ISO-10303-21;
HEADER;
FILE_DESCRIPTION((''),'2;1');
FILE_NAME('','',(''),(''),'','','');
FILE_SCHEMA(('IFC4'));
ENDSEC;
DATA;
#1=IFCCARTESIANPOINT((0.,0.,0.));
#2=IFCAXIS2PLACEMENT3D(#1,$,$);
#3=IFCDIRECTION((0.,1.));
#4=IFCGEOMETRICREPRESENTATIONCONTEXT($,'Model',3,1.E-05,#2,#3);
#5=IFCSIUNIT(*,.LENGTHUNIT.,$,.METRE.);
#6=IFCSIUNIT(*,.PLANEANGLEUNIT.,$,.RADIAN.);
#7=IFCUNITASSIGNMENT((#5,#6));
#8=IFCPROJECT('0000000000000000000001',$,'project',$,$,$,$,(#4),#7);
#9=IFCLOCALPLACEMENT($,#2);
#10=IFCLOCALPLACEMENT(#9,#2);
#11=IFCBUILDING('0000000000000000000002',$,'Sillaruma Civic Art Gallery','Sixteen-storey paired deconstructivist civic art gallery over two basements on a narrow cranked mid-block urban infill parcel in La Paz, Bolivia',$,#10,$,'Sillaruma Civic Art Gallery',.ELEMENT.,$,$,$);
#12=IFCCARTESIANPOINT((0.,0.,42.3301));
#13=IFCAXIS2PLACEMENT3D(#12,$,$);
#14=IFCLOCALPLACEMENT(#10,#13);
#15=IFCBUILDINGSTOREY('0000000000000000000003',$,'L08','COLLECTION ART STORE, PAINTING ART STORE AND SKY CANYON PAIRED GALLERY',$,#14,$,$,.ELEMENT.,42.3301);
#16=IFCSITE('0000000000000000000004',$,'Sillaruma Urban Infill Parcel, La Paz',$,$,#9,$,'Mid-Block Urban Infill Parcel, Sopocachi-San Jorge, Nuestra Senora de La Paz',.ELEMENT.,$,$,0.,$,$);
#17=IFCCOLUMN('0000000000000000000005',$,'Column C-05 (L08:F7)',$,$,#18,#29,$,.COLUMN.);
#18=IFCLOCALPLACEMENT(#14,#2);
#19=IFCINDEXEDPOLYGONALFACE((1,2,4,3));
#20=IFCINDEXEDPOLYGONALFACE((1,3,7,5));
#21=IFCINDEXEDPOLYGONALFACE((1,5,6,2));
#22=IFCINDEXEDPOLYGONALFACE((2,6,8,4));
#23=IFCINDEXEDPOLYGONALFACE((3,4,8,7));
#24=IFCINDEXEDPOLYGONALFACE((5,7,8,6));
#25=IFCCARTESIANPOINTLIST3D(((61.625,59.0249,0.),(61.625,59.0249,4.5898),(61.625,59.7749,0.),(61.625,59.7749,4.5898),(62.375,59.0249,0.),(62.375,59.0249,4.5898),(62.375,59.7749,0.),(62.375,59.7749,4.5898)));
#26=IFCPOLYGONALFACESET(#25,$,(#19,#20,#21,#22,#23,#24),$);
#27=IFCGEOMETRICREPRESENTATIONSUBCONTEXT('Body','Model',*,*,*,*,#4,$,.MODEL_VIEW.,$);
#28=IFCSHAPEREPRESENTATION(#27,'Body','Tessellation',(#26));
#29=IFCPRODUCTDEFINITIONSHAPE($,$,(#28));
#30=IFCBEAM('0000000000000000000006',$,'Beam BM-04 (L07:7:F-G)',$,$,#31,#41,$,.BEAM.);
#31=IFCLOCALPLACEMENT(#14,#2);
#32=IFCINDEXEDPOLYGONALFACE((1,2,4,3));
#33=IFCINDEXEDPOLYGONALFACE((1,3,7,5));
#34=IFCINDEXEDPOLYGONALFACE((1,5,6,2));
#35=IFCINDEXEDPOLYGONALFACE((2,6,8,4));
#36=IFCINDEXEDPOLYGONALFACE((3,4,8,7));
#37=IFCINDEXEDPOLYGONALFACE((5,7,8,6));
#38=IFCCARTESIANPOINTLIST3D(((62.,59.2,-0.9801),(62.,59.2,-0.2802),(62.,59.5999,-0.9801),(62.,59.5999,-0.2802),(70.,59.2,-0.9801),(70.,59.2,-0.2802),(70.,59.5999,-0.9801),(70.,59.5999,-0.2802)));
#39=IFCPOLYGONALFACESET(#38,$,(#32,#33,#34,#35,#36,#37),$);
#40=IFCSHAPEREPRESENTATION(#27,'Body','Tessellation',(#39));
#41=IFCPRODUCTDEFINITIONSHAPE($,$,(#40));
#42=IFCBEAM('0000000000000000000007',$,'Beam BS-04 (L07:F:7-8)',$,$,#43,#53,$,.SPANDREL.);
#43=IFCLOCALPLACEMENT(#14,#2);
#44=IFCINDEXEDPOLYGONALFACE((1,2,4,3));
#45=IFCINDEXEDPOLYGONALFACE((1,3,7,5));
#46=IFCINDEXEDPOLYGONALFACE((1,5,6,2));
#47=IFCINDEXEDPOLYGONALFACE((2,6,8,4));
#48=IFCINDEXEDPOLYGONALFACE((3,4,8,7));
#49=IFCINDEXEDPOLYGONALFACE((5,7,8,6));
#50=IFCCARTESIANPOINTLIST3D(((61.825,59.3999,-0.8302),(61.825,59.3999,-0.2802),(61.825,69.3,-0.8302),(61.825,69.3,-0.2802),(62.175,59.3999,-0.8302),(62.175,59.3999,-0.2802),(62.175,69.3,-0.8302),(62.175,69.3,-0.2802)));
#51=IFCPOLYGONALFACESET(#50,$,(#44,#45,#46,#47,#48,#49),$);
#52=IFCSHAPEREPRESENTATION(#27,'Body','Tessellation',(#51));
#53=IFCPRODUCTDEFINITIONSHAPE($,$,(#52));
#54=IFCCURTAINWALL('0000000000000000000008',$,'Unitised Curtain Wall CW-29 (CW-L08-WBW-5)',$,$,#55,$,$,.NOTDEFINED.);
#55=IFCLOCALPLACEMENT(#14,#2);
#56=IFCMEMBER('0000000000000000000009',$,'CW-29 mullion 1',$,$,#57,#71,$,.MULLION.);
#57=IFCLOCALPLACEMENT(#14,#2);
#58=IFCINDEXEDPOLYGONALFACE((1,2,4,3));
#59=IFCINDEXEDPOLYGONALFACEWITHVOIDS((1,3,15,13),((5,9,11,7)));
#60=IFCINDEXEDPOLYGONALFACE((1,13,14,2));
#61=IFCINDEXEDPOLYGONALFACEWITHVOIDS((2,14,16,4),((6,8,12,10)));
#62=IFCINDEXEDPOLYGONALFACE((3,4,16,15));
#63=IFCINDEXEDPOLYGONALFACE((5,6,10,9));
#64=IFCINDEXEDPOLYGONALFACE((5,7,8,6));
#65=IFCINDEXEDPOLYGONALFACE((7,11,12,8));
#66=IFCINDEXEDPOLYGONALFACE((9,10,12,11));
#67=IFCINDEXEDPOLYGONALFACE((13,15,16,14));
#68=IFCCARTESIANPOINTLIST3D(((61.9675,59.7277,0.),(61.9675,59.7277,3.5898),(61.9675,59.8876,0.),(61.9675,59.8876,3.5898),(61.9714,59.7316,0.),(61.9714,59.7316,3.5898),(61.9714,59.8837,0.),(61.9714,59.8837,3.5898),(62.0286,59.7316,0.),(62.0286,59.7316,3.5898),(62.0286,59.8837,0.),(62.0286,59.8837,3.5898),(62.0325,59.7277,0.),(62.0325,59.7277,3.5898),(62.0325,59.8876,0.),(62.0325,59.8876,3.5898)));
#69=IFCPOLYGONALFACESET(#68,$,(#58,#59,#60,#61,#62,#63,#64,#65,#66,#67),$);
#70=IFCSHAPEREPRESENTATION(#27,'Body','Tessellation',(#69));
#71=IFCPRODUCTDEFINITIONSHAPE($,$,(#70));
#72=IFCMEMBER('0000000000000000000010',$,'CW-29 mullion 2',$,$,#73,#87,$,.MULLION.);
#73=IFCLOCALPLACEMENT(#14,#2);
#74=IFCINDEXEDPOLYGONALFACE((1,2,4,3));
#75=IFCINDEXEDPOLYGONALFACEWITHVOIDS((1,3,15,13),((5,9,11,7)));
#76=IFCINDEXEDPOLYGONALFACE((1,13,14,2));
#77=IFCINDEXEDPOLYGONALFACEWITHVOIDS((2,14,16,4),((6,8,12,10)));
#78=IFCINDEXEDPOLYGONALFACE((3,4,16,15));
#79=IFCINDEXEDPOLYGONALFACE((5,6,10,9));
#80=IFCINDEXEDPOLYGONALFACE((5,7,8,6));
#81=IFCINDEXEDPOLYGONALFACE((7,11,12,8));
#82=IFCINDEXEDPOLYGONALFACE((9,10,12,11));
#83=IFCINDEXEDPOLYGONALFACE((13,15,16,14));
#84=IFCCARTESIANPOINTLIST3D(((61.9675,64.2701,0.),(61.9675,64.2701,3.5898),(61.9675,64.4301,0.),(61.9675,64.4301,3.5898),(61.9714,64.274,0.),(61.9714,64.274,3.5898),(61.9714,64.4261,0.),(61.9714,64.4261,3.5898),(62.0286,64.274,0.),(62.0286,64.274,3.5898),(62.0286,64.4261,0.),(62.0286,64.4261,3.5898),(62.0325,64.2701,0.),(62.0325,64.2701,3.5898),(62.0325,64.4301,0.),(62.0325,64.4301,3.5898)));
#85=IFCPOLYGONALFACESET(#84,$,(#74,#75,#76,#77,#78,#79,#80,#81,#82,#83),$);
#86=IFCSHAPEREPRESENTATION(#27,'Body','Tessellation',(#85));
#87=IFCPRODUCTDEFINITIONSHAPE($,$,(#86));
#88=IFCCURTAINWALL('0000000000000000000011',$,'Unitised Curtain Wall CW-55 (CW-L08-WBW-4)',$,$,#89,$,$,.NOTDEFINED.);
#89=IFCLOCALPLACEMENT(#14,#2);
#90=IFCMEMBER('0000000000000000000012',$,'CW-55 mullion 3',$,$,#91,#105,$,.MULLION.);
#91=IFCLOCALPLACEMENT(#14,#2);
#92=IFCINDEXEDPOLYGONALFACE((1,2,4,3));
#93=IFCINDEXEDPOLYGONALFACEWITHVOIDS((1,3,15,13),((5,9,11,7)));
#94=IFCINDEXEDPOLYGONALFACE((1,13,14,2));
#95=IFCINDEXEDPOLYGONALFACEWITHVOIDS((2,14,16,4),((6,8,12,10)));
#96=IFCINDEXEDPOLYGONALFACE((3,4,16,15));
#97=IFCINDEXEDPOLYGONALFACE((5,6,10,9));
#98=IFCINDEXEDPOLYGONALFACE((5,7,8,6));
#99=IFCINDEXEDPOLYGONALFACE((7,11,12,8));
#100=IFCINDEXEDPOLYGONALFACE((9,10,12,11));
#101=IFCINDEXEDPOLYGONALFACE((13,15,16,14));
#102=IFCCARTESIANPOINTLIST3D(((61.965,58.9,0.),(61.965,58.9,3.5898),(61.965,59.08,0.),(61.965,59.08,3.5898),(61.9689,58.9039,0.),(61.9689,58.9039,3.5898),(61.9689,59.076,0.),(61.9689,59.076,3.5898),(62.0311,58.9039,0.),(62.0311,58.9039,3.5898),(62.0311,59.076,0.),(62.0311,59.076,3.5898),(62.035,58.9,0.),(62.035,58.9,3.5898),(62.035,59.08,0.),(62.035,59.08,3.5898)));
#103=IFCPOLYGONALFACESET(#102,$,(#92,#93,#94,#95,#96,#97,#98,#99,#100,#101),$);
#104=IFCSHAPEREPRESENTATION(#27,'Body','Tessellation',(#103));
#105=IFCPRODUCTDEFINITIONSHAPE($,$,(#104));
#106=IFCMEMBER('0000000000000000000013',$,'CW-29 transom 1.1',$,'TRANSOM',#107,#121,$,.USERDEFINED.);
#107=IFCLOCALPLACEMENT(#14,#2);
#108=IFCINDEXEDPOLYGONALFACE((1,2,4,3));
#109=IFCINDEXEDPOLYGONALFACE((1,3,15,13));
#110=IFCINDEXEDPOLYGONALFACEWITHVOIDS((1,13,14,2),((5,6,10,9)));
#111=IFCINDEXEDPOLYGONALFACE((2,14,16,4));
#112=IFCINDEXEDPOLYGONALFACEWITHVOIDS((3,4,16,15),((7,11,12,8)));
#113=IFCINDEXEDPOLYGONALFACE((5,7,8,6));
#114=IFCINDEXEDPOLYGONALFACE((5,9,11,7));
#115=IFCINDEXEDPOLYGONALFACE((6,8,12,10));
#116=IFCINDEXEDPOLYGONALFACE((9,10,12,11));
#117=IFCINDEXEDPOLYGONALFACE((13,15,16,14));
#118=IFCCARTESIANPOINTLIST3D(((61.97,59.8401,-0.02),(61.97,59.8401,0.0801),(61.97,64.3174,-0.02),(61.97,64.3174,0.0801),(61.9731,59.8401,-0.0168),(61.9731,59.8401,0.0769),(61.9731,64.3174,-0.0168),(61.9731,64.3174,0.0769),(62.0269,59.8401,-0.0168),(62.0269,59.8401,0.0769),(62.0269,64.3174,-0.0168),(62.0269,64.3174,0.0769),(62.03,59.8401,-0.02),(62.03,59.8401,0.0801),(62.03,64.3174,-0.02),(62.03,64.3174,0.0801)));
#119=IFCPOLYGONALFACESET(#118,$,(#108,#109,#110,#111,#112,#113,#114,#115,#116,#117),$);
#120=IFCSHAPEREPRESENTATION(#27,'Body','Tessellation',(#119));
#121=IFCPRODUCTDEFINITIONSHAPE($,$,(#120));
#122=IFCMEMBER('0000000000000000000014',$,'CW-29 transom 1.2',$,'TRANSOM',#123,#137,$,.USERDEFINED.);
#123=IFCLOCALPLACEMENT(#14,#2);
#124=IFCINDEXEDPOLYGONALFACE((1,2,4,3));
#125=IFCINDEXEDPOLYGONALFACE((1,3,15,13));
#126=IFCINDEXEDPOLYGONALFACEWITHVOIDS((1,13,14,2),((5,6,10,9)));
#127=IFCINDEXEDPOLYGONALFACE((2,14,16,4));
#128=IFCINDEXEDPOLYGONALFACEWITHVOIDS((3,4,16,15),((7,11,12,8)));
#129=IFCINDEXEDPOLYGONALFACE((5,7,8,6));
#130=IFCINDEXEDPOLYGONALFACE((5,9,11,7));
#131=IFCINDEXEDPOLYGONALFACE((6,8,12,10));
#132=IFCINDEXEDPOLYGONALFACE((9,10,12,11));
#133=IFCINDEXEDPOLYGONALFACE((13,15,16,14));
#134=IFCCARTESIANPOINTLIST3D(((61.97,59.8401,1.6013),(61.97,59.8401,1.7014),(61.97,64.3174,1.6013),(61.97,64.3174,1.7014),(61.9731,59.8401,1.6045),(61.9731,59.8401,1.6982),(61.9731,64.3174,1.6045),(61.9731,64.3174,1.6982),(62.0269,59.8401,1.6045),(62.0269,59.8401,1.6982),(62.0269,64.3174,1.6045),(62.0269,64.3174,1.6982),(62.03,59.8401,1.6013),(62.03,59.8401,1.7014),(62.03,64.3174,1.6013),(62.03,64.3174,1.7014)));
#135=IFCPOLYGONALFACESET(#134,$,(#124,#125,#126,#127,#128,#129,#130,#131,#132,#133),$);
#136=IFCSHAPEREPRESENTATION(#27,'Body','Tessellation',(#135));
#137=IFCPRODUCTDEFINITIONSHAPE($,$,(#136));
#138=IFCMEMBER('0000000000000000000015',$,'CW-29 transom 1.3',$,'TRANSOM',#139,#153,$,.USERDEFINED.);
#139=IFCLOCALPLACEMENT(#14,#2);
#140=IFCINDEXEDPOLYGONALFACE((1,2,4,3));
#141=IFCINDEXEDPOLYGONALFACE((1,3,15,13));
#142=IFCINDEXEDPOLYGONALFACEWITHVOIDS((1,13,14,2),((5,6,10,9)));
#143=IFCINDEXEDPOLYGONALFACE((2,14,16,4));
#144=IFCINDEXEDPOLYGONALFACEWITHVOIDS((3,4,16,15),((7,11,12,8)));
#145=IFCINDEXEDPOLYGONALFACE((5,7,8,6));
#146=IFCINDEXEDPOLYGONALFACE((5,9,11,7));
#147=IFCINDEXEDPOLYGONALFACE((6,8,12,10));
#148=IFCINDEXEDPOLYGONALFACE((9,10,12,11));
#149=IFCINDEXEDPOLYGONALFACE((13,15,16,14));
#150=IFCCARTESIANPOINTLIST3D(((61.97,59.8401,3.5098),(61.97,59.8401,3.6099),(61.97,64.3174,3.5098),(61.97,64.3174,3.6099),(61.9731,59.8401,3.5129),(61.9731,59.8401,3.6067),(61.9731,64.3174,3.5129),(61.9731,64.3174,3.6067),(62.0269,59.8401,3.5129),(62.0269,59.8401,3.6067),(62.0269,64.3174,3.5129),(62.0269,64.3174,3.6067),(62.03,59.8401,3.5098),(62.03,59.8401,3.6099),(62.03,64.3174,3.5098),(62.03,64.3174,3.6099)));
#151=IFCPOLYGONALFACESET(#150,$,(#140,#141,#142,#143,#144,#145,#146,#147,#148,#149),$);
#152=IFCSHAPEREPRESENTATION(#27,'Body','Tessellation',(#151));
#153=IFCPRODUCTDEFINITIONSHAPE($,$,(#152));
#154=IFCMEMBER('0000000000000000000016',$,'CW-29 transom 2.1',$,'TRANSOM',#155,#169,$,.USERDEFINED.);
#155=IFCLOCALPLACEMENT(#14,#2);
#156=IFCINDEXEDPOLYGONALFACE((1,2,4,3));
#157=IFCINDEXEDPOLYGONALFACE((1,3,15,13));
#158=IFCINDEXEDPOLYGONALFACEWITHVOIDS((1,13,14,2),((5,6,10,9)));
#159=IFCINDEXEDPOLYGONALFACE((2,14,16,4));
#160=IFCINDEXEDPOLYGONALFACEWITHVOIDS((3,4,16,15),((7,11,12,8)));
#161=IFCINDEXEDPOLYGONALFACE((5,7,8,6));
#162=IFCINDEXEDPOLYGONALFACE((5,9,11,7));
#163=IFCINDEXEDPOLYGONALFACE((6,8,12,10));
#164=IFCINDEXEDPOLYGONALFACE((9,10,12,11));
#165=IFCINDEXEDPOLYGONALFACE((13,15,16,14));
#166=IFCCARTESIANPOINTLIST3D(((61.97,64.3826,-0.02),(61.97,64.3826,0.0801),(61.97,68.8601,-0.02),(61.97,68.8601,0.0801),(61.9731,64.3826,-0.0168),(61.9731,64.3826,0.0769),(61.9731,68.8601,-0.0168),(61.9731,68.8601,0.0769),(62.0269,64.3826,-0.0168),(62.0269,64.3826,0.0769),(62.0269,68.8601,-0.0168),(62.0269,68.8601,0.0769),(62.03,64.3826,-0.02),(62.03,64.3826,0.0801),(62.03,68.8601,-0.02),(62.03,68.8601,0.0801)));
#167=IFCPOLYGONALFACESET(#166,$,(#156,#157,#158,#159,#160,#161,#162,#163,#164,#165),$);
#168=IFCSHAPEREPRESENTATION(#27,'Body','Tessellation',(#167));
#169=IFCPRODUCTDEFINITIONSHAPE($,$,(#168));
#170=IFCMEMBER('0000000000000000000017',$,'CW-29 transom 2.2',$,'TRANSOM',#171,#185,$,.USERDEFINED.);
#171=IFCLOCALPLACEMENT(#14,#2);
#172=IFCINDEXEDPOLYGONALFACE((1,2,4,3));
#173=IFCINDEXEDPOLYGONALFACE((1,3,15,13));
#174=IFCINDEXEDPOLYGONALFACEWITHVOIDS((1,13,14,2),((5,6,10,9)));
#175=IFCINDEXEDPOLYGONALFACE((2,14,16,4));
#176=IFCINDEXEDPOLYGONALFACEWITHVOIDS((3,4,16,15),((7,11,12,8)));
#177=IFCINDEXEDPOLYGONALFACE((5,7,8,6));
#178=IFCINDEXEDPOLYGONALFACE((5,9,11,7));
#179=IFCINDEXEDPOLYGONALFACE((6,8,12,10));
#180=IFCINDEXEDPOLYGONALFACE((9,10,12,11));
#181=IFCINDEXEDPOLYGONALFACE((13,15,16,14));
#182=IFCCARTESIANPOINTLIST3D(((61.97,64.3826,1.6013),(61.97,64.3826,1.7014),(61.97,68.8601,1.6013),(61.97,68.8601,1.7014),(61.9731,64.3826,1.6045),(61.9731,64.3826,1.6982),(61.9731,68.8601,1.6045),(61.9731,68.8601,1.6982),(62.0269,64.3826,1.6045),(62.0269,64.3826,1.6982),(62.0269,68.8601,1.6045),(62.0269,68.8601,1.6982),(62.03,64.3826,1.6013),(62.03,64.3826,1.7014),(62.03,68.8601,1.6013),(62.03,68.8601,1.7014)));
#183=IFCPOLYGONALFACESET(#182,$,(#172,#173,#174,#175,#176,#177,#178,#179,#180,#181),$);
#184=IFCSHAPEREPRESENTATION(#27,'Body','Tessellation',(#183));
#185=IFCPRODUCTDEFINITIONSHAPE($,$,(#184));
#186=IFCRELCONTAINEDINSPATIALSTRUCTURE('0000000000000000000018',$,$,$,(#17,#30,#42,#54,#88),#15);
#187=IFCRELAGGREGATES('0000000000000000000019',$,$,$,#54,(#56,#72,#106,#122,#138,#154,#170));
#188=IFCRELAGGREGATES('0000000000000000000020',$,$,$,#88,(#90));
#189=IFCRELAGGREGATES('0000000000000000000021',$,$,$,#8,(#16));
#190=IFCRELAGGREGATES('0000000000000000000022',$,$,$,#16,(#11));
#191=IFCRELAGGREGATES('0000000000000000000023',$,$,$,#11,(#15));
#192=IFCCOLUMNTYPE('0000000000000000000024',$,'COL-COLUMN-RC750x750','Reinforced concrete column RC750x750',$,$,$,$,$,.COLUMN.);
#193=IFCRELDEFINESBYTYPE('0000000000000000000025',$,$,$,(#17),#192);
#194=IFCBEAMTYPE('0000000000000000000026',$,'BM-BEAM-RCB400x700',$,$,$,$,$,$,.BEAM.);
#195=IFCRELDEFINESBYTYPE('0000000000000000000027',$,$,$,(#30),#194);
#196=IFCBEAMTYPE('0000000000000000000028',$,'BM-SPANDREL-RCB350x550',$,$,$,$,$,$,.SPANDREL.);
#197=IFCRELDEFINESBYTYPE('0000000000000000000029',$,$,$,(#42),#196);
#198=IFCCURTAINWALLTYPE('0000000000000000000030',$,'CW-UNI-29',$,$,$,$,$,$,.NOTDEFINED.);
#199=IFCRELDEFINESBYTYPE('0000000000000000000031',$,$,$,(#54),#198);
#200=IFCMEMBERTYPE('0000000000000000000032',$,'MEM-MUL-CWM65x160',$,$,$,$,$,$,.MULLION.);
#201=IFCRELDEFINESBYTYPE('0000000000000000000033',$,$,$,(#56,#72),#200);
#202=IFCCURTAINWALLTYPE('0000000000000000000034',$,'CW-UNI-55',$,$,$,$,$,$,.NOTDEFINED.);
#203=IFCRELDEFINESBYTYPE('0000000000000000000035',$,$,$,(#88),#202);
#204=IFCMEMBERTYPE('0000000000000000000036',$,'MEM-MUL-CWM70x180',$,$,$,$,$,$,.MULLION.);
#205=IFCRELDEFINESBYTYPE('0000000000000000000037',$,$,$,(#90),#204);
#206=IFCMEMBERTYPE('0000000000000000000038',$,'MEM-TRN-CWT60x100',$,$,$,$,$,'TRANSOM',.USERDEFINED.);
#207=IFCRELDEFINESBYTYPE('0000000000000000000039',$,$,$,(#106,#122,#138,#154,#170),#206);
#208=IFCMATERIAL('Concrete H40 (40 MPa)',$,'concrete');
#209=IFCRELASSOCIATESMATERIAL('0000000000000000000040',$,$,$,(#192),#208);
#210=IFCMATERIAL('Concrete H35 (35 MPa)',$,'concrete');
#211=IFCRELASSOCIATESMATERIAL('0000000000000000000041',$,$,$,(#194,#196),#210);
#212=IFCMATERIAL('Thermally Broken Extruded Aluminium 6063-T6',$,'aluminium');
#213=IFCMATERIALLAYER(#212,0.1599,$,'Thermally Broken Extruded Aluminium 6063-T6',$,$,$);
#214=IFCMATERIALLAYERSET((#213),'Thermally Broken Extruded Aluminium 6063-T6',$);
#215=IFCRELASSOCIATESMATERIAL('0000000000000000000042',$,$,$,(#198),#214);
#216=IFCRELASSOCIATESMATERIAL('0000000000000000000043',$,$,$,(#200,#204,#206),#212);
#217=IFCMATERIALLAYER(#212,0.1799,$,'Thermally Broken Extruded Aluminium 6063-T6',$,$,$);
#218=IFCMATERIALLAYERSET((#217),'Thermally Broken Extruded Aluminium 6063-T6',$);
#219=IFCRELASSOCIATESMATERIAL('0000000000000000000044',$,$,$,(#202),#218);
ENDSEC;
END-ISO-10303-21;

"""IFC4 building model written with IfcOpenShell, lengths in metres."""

from ifc_helpers import new_model, si_unit, direction, frame, origin, origin_2d, place, context, subcontext, project, spatial, rectangle, hollow_rectangle, extrude, material, layer, layer_set, material_profile, profile_set, type_object, element, aggregate, save


model = new_model("IFC4")

# Units and contexts
model_context = context("Model", 3, precision=1e-05, world=origin(), true_north=direction((0.0, 1.0)))
body_context = subcontext(model_context, "Body", "Model", "MODEL_VIEW")
ifc_project = project(units=[si_unit("LENGTHUNIT", "METRE"), si_unit("PLANEANGLEUNIT", "RADIAN")], contexts=[model_context])

# Site, building, storey
site_placement = place(None, origin())
site = spatial("IfcSite", under=ifc_project, at=site_placement, Name="Sillaruma Urban Infill Parcel, La Paz", LongName="Mid-Block Urban Infill Parcel, Sopocachi-San Jorge, Nuestra Senora de La Paz", CompositionType="ELEMENT", RefElevation=0.0)
building_placement = place(site_placement, origin())
building = spatial("IfcBuilding", under=site, at=building_placement, Name="Sillaruma Civic Art Gallery", Description="Sixteen-storey paired deconstructivist civic art gallery over two basements on a narrow cranked mid-block urban infill parcel in La Paz, Bolivia", LongName="Sillaruma Civic Art Gallery", CompositionType="ELEMENT")
storey_placement = place(building_placement, frame((0.0, 0.0, 42.3301)))
storey = spatial("IfcBuildingStorey", under=building, at=storey_placement, Name="L08", Description="COLLECTION ART STORE, PAINTING ART STORE AND SKY CANYON PAIRED GALLERY", CompositionType="ELEMENT", Elevation=42.3301)

# Column
ifc_material_1 = material(Name="Concrete H40 (40 MPa)", Category="concrete")
ifc_material_profile_1 = material_profile(ifc_material_1, rectangle(XDim=0.75, YDim=0.75, at=origin_2d()), Name="RC750x750")
ifc_profile_set_1 = profile_set([ifc_material_profile_1], Name="Concrete H40 (40 MPa)")
column_type = type_object("IfcColumnType", Name="COL-COLUMN-RC750x750", Description="Reinforced concrete column RC750x750", PredefinedType="COLUMN", material=ifc_profile_set_1)
column_placement = place(storey_placement, frame((62.0, 59.3999, 0.0), z_axis=(0.0, 0.0, 1.0), x_axis=(1.0, 0.0, 0.0)))
element("IfcColumn", 1, at=column_placement, inside=storey, type_object=column_type, Name="Column C-05 (L08:F7)", PredefinedType="COLUMN", context=body_context, shape_type="SweptSolid", body=[
    extrude(rectangle(XDim=0.75, YDim=0.75, at=origin_2d()), origin(), (0.0, 0.0, 1.0), 4.5898),
])

# Beams
ifc_material_2 = material(Name="Concrete H35 (35 MPa)", Category="concrete")
ifc_material_profile_2 = material_profile(ifc_material_2, rectangle(XDim=0.3999, YDim=0.7, at=origin_2d()), Name="RCB400x700")
ifc_profile_set_2 = profile_set([ifc_material_profile_2], Name="Concrete H35 (35 MPa)")
beam_type_1 = type_object("IfcBeamType", Name="BM-BEAM-RCB400x700", PredefinedType="BEAM", material=ifc_profile_set_2)
beam_1_placement = place(storey_placement, frame((62.0, 59.3999, -0.6301), z_axis=(1.0, 0.0, 0.0), x_axis=(0.0, 1.0, 0.0)))
element("IfcBeam", 2, at=beam_1_placement, inside=storey, type_object=beam_type_1, Name="Beam BM-04 (L07:7:F-G)", PredefinedType="BEAM", context=body_context, shape_type="SweptSolid", body=[
    extrude(rectangle(XDim=0.3999, YDim=0.7, at=origin_2d()), origin(), (0.0, 0.0, 1.0), 8.0),
])
ifc_material_profile_3 = material_profile(ifc_material_2, rectangle(XDim=0.3501, YDim=0.55, at=origin_2d()), Name="RCB350x550")
ifc_profile_set_3 = profile_set([ifc_material_profile_3], Name="Concrete H35 (35 MPa)")
beam_type_2 = type_object("IfcBeamType", Name="BM-SPANDREL-RCB350x550", PredefinedType="SPANDREL", material=ifc_profile_set_3)
beam_2_placement = place(storey_placement, frame((62.0, 59.3999, -0.5552), z_axis=(0.0, 1.0, 0.0), x_axis=(-1.0, 0.0, 0.0)))
element("IfcBeam", 3, at=beam_2_placement, inside=storey, type_object=beam_type_2, Name="Beam BS-04 (L07:F:7-8)", PredefinedType="SPANDREL", context=body_context, shape_type="SweptSolid", body=[
    extrude(rectangle(XDim=0.3501, YDim=0.55, at=origin_2d()), origin(), (0.0, 0.0, 1.0), 9.9001),
])

# Curtain wall, members
ifc_material_3 = material(Name="Thermally Broken Extruded Aluminium 6063-T6", Category="aluminium")
ifc_layer_1 = layer(ifc_material_3, 0.1599, Name="Thermally Broken Extruded Aluminium 6063-T6")
ifc_layer_set_1 = layer_set([ifc_layer_1], Name="Thermally Broken Extruded Aluminium 6063-T6")
curtain_wall_type_1 = type_object("IfcCurtainWallType", Name="CW-UNI-29", PredefinedType="NOTDEFINED", material=ifc_layer_set_1)
curtain_wall_1_placement = place(storey_placement, origin())
curtain_wall_1 = element("IfcCurtainWall", 4, at=curtain_wall_1_placement, inside=storey, type_object=curtain_wall_type_1, Name="Unitised Curtain Wall CW-29 (CW-L08-WBW-5)", PredefinedType="NOTDEFINED")
ifc_material_profile_4 = material_profile(ifc_material_3, hollow_rectangle(XDim=0.0649, YDim=0.1599, WallThickness=0.0039, at=origin_2d()), Name="CWM65x160")
ifc_profile_set_4 = profile_set([ifc_material_profile_4], Name="Thermally Broken Extruded Aluminium 6063-T6")
member_type_1 = type_object("IfcMemberType", Name="MEM-MUL-CWM65x160", PredefinedType="MULLION", material=ifc_profile_set_4)
member_1_placement = place(storey_placement, frame((62.0, 59.8076, 0.0), z_axis=(0.0, 0.0, 1.0), x_axis=(-1.0, 0.0, 0.0)))
member_1 = element("IfcMember", 5, at=member_1_placement, type_object=member_type_1, Name="CW-29 mullion 1", PredefinedType="MULLION", context=body_context, shape_type="SweptSolid", body=[
    extrude(hollow_rectangle(XDim=0.0649, YDim=0.1599, WallThickness=0.0039, at=origin_2d()), origin(), (0.0, 0.0, 1.0), 3.5898),
])
member_2_placement = place(storey_placement, frame((62.0, 64.3501, 0.0), z_axis=(0.0, 0.0, 1.0), x_axis=(-1.0, 0.0, 0.0)))
member_2 = element("IfcMember", 6, at=member_2_placement, type_object=member_type_1, Name="CW-29 mullion 2", PredefinedType="MULLION", context=body_context, shape_type="SweptSolid", body=[
    extrude(hollow_rectangle(XDim=0.0649, YDim=0.1599, WallThickness=0.0039, at=origin_2d()), origin(), (0.0, 0.0, 1.0), 3.5898),
])

# Curtain wall, member
ifc_layer_2 = layer(ifc_material_3, 0.1799, Name="Thermally Broken Extruded Aluminium 6063-T6")
ifc_layer_set_2 = layer_set([ifc_layer_2], Name="Thermally Broken Extruded Aluminium 6063-T6")
curtain_wall_type_2 = type_object("IfcCurtainWallType", Name="CW-UNI-55", PredefinedType="NOTDEFINED", material=ifc_layer_set_2)
curtain_wall_2_placement = place(storey_placement, origin())
curtain_wall_2 = element("IfcCurtainWall", 7, at=curtain_wall_2_placement, inside=storey, type_object=curtain_wall_type_2, Name="Unitised Curtain Wall CW-55 (CW-L08-WBW-4)", PredefinedType="NOTDEFINED")
ifc_material_profile_5 = material_profile(ifc_material_3, hollow_rectangle(XDim=0.0701, YDim=0.1799, WallThickness=0.0039, at=origin_2d()), Name="CWM70x180")
ifc_profile_set_5 = profile_set([ifc_material_profile_5], Name="Thermally Broken Extruded Aluminium 6063-T6")
member_type_2 = type_object("IfcMemberType", Name="MEM-MUL-CWM70x180", PredefinedType="MULLION", material=ifc_profile_set_5)
member_3_placement = place(storey_placement, frame((62.0, 58.99, 0.0), z_axis=(0.0, 0.0, 1.0), x_axis=(-1.0, 0.0, 0.0)))
member_3 = element("IfcMember", 8, at=member_3_placement, type_object=member_type_2, Name="CW-55 mullion 3", PredefinedType="MULLION", context=body_context, shape_type="SweptSolid", body=[
    extrude(hollow_rectangle(XDim=0.0701, YDim=0.1799, WallThickness=0.0039, at=origin_2d()), origin(), (0.0, 0.0, 1.0), 3.5898),
])

# Members
ifc_material_profile_6 = material_profile(ifc_material_3, hollow_rectangle(XDim=0.0601, YDim=0.1001, WallThickness=0.0032, at=origin_2d()), Name="CWT60x100")
ifc_profile_set_6 = profile_set([ifc_material_profile_6], Name="Thermally Broken Extruded Aluminium 6063-T6")
member_type_3 = type_object("IfcMemberType", Name="MEM-TRN-CWT60x100", ElementType="TRANSOM", PredefinedType="USERDEFINED", material=ifc_profile_set_6)
member_4_placement = place(storey_placement, frame((62.0, 59.8401, 0.03), z_axis=(0.0, 1.0, 0.0), x_axis=(-1.0, 0.0, 0.0)))
member_4 = element("IfcMember", 9, at=member_4_placement, type_object=member_type_3, Name="CW-29 transom 1.1", ObjectType="TRANSOM", PredefinedType="USERDEFINED", context=body_context, shape_type="SweptSolid", body=[
    extrude(hollow_rectangle(XDim=0.0601, YDim=0.1001, WallThickness=0.0032, at=origin_2d()), origin(), (0.0, 0.0, 1.0), 4.4773),
])
member_5_placement = place(storey_placement, frame((62.0, 59.8401, 1.6514), z_axis=(0.0, 1.0, 0.0), x_axis=(-1.0, 0.0, 0.0)))
member_5 = element("IfcMember", 10, at=member_5_placement, type_object=member_type_3, Name="CW-29 transom 1.2", ObjectType="TRANSOM", PredefinedType="USERDEFINED", context=body_context, shape_type="SweptSolid", body=[
    extrude(hollow_rectangle(XDim=0.0601, YDim=0.1001, WallThickness=0.0032, at=origin_2d()), origin(), (0.0, 0.0, 1.0), 4.4773),
])
member_6_placement = place(storey_placement, frame((62.0, 59.8401, 3.5598), z_axis=(0.0, 1.0, 0.0), x_axis=(-1.0, 0.0, 0.0)))
member_6 = element("IfcMember", 11, at=member_6_placement, type_object=member_type_3, Name="CW-29 transom 1.3", ObjectType="TRANSOM", PredefinedType="USERDEFINED", context=body_context, shape_type="SweptSolid", body=[
    extrude(hollow_rectangle(XDim=0.0601, YDim=0.1001, WallThickness=0.0032, at=origin_2d()), origin(), (0.0, 0.0, 1.0), 4.4773),
])
member_7_placement = place(storey_placement, frame((62.0, 64.3826, 0.03), z_axis=(0.0, 1.0, 0.0), x_axis=(-1.0, 0.0, 0.0)))
member_7 = element("IfcMember", 12, at=member_7_placement, type_object=member_type_3, Name="CW-29 transom 2.1", ObjectType="TRANSOM", PredefinedType="USERDEFINED", context=body_context, shape_type="SweptSolid", body=[
    extrude(hollow_rectangle(XDim=0.0601, YDim=0.1001, WallThickness=0.0032, at=origin_2d()), origin(), (0.0, 0.0, 1.0), 4.4775),
])
member_8_placement = place(storey_placement, frame((62.0, 64.3826, 1.6514), z_axis=(0.0, 1.0, 0.0), x_axis=(-1.0, 0.0, 0.0)))
member_8 = element("IfcMember", 13, at=member_8_placement, type_object=member_type_3, Name="CW-29 transom 2.2", ObjectType="TRANSOM", PredefinedType="USERDEFINED", context=body_context, shape_type="SweptSolid", body=[
    extrude(hollow_rectangle(XDim=0.0601, YDim=0.1001, WallThickness=0.0032, at=origin_2d()), origin(), (0.0, 0.0, 1.0), 4.4775),
])

aggregate(curtain_wall_1, [member_1, member_2, member_4, member_5, member_6, member_7, member_8])
aggregate(curtain_wall_2, [member_3])

save(model, "model.ifc")
